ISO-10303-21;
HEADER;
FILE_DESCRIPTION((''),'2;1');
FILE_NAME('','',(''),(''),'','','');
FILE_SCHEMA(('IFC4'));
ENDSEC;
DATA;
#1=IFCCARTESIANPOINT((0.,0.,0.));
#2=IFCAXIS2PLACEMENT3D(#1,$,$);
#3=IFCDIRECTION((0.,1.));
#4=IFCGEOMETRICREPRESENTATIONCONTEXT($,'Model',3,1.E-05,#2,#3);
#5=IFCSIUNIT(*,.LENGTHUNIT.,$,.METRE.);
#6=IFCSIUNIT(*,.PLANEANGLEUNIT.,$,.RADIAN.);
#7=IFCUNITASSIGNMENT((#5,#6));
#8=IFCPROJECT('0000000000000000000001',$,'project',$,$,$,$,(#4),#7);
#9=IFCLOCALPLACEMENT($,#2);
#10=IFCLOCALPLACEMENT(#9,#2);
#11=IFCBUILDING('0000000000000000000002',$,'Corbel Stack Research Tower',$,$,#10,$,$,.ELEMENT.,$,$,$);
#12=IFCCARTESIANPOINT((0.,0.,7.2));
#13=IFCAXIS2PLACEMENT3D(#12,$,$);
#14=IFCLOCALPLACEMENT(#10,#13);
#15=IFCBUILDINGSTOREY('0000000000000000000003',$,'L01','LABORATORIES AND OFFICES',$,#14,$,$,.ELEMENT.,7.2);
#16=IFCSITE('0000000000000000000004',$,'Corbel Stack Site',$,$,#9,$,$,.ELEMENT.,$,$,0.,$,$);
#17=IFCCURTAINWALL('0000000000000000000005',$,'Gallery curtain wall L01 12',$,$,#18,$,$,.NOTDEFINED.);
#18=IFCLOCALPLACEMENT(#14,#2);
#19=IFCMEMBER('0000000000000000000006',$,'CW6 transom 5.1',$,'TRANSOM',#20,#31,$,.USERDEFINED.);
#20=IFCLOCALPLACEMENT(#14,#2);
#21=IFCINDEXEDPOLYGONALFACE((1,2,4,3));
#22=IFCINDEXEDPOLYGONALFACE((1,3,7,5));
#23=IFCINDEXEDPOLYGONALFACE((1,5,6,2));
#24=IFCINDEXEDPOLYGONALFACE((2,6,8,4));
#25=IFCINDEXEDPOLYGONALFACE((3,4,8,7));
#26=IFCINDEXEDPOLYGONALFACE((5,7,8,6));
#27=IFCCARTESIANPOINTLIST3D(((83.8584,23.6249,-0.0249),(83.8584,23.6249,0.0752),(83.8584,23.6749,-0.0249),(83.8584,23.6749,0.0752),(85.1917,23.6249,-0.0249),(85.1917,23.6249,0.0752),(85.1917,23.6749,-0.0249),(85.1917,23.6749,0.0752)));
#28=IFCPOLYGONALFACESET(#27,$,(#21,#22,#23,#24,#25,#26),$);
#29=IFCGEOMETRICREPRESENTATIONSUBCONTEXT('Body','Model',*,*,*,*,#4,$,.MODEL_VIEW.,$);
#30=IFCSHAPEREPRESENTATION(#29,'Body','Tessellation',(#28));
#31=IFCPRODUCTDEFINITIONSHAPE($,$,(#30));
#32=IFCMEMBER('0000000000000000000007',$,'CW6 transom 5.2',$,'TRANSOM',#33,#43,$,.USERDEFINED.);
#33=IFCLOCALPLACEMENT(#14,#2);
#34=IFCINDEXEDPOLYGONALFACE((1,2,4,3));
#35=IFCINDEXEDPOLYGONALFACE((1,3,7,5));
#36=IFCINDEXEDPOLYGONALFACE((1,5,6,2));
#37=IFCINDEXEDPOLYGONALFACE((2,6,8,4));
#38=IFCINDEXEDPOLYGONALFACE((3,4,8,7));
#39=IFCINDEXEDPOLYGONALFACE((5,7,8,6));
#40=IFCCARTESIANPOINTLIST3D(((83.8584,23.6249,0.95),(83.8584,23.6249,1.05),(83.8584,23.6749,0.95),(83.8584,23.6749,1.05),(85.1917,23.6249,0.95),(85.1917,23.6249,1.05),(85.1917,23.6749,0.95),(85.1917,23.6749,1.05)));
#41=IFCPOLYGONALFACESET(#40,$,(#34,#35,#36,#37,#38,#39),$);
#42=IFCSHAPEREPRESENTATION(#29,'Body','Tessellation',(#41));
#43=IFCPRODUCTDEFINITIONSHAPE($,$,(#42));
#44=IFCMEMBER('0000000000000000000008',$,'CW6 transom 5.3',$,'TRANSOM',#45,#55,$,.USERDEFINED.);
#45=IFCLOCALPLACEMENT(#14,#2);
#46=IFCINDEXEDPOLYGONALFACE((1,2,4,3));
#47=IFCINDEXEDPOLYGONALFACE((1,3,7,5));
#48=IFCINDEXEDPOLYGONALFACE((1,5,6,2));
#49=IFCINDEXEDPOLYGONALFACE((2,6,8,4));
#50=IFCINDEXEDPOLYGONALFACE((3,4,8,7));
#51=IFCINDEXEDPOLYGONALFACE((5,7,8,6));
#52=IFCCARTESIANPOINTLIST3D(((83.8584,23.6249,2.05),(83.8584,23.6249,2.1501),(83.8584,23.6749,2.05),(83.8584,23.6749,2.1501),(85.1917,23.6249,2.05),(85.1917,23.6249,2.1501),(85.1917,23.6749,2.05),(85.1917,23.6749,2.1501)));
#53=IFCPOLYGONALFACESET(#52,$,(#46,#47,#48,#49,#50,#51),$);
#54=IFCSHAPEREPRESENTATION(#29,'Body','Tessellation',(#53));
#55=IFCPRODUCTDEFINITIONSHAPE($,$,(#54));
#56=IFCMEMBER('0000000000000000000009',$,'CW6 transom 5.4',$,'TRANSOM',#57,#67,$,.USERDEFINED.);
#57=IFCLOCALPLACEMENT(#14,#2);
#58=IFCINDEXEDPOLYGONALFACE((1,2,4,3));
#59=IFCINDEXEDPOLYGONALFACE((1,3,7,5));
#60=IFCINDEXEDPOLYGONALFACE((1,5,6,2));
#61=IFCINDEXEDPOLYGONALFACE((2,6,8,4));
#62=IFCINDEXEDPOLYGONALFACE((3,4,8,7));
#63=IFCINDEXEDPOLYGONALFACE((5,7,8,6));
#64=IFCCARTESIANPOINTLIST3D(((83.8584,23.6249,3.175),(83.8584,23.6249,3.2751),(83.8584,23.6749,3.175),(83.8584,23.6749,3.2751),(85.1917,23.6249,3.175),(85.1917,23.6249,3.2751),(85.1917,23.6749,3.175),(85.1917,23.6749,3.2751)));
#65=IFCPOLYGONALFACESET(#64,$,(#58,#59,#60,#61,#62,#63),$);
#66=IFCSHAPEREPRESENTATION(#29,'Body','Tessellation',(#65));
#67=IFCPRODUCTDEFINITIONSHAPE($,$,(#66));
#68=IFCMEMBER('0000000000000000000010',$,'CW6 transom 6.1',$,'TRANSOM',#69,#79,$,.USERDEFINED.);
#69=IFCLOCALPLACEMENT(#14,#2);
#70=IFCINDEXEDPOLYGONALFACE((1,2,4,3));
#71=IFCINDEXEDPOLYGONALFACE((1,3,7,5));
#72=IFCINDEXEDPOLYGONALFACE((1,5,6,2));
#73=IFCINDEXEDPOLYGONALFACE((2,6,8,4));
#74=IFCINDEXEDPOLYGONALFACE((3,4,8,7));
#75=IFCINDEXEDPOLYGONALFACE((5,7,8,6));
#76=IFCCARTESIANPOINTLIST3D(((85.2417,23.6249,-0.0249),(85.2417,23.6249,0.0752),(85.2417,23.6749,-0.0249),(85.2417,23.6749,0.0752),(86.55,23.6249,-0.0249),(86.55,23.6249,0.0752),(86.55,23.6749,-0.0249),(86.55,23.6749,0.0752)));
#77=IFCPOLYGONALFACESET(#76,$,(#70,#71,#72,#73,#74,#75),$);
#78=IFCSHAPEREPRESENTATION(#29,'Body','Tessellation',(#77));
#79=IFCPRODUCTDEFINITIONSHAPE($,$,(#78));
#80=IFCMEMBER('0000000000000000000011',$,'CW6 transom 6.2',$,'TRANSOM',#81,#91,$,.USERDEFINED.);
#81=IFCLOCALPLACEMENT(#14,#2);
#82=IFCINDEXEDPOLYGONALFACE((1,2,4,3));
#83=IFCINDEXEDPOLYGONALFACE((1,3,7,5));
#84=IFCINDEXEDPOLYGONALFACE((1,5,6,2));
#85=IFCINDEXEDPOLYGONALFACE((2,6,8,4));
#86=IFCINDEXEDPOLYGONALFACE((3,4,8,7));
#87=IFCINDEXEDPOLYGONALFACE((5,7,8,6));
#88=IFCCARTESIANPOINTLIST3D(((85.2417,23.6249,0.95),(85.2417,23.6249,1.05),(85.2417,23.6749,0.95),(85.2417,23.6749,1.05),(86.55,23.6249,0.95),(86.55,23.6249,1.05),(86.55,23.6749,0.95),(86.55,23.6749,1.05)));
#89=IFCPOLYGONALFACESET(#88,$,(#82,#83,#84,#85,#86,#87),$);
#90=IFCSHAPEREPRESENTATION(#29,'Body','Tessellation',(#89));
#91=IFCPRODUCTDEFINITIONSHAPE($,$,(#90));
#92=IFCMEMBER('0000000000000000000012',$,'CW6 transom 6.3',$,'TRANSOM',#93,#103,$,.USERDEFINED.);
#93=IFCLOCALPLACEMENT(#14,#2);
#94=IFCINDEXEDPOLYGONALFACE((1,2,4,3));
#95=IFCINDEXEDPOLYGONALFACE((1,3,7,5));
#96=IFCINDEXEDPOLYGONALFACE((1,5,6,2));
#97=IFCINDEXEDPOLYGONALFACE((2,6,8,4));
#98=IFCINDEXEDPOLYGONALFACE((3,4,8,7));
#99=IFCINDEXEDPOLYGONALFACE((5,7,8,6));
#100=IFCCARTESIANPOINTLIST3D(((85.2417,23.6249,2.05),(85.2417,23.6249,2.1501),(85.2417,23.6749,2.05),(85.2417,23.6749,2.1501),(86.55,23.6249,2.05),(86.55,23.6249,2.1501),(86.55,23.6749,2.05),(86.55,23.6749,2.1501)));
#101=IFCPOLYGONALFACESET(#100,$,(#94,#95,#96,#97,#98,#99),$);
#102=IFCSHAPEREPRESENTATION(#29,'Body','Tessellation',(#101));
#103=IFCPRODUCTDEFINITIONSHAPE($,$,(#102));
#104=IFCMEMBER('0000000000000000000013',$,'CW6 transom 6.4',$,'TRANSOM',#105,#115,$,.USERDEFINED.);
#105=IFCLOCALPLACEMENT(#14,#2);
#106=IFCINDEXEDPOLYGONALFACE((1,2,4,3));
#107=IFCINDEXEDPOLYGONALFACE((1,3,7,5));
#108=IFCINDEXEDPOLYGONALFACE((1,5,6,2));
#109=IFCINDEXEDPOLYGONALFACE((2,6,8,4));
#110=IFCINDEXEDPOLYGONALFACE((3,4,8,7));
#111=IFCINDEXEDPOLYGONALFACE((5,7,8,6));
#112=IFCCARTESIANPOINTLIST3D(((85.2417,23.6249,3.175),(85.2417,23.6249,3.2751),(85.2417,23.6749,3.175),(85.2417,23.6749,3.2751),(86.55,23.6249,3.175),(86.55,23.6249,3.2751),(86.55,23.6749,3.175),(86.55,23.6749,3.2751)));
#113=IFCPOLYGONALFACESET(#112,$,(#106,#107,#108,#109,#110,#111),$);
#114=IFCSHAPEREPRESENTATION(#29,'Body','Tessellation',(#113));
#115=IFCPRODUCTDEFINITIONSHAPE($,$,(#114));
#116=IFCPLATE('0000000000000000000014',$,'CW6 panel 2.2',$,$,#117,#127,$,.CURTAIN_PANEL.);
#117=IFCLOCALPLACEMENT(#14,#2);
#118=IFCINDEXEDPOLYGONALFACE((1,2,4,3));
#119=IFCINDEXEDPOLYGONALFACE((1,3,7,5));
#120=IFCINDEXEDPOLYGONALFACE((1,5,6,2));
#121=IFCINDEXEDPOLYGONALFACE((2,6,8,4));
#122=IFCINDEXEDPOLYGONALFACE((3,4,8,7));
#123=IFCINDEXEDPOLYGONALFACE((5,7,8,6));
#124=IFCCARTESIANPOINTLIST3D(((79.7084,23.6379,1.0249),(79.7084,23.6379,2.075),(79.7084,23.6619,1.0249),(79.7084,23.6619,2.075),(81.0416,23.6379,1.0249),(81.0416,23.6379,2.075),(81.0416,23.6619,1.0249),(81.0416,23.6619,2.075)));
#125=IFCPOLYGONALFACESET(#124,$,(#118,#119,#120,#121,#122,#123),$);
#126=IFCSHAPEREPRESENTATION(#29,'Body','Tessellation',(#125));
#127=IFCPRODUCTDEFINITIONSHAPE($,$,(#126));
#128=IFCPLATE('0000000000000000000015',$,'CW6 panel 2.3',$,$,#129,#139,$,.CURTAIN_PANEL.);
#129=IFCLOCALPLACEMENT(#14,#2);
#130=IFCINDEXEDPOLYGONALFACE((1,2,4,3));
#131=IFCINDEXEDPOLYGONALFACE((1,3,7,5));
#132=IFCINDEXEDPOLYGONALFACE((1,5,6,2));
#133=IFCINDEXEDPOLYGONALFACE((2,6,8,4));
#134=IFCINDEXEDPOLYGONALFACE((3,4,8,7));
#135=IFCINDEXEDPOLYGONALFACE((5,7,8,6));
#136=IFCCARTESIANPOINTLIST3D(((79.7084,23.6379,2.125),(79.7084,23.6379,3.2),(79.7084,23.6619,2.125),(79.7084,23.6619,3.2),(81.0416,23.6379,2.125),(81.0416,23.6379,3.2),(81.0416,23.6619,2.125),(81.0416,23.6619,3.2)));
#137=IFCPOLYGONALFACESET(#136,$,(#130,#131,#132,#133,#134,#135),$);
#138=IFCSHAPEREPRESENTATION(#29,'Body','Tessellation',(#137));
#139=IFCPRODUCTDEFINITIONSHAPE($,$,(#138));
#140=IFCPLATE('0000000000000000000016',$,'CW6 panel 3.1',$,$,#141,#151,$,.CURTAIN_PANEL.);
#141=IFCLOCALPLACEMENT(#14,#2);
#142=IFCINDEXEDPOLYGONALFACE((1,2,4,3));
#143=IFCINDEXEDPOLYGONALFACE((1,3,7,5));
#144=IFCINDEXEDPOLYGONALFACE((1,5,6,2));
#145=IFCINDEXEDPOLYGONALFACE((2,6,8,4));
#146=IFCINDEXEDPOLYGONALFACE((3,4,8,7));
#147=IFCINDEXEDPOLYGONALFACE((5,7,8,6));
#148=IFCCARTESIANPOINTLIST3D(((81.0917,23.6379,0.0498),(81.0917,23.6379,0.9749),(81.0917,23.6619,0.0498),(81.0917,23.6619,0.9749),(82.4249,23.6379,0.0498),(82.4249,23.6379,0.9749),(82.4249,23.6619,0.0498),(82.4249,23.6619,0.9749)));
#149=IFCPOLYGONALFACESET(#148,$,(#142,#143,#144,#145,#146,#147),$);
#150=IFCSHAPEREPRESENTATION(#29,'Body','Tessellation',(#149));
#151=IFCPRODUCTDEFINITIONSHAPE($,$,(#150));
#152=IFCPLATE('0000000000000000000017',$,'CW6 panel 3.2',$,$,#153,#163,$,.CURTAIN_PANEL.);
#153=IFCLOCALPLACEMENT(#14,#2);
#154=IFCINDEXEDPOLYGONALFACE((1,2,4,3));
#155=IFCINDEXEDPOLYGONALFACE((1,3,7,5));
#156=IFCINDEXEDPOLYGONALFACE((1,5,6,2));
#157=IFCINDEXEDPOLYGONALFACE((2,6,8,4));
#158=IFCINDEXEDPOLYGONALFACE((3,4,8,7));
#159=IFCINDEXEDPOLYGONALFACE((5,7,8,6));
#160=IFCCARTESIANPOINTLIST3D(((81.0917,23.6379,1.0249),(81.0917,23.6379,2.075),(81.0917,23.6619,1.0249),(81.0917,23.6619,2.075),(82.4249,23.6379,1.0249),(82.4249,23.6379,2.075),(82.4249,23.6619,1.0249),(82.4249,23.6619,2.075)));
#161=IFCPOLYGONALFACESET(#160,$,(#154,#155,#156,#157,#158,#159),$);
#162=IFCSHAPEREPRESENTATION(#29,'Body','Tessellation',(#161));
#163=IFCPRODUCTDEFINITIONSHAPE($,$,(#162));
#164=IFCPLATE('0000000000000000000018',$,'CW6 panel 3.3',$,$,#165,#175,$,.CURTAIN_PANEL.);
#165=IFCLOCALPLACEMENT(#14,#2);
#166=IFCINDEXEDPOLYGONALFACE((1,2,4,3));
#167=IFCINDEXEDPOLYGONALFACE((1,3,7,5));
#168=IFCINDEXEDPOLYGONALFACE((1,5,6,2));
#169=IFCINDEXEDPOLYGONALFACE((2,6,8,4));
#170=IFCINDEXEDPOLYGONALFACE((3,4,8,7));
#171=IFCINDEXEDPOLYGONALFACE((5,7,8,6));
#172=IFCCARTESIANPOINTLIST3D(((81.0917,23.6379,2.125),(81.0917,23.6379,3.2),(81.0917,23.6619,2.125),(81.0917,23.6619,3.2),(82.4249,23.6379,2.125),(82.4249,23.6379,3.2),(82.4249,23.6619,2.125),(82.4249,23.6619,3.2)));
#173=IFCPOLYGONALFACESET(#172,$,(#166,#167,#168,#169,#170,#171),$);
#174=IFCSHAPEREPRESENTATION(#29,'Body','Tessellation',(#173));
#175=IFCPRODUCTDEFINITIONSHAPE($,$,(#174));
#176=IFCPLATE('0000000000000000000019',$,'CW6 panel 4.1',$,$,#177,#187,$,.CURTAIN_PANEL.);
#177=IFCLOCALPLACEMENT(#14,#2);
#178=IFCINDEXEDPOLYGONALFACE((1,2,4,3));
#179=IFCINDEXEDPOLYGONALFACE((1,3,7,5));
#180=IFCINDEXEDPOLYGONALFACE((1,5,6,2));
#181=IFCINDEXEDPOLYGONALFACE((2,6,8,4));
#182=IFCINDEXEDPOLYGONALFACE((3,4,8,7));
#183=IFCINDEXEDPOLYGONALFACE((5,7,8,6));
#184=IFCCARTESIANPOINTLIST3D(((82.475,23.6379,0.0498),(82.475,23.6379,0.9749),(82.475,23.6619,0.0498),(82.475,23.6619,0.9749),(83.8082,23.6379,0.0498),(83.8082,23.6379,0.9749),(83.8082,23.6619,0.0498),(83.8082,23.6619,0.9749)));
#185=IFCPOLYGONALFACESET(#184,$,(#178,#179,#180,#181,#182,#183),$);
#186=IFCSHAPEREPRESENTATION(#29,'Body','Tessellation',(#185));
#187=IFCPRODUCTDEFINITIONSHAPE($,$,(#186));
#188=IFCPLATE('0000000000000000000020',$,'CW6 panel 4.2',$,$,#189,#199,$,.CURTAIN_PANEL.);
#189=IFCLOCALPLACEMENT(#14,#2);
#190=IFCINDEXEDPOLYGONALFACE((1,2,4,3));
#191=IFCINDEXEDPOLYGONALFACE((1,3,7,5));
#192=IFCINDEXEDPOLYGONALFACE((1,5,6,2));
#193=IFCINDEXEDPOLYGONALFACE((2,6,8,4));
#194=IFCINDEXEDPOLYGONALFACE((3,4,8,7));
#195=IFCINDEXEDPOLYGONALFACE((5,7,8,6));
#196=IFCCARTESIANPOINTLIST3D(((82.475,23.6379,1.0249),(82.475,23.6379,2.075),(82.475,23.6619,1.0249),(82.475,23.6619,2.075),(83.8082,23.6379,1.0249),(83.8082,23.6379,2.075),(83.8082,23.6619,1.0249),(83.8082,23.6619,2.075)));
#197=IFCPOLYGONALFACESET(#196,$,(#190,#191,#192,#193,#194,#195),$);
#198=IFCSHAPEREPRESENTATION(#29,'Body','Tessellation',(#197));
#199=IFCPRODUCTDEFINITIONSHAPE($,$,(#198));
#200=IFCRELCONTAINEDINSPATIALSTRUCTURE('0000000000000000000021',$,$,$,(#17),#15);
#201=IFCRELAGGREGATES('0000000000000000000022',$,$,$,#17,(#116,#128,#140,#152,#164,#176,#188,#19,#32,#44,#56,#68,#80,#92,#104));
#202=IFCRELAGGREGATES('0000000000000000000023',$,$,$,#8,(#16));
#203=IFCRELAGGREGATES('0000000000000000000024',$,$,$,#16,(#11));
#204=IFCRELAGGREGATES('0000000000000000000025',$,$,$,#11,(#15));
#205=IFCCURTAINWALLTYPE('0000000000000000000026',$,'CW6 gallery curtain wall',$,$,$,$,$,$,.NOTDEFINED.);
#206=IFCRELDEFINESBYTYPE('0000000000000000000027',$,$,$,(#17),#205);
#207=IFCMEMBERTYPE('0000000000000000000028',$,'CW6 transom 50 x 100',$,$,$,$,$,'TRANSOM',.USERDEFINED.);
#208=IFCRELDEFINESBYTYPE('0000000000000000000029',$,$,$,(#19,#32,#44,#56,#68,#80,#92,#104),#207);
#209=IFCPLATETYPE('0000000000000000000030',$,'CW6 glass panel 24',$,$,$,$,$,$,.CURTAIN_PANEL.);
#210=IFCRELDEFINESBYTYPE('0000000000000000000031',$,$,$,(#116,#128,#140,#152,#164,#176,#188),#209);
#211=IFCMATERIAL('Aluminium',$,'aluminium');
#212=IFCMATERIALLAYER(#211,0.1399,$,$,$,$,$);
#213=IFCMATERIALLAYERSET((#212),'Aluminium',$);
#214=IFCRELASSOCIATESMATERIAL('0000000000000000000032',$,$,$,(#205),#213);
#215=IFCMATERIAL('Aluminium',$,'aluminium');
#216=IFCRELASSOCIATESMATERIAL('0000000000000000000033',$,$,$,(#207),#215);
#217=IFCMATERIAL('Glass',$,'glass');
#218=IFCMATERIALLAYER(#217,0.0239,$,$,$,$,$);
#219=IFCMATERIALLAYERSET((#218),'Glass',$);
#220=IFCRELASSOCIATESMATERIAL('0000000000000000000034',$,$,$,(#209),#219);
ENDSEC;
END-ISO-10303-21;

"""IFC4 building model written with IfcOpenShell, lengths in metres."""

from ifc_helpers import new_model, si_unit, direction, frame, origin, origin_2d, place, context, subcontext, project, spatial, rectangle, extrude, material, layer, layer_set, material_profile, profile_set, type_object, element, aggregate, save


model = new_model("IFC4")

# Units and contexts
model_context = context("Model", 3, precision=1e-05, world=origin(), true_north=direction((0.0, 1.0)))
body_context = subcontext(model_context, "Body", "Model", "MODEL_VIEW")
ifc_project = project(units=[si_unit("LENGTHUNIT", "METRE"), si_unit("PLANEANGLEUNIT", "RADIAN")], contexts=[model_context])

# Site, building, storey
site_placement = place(None, origin())
site = spatial("IfcSite", under=ifc_project, at=site_placement, Name="Corbel Stack Site", CompositionType="ELEMENT", RefElevation=0.0)
building_placement = place(site_placement, origin())
building = spatial("IfcBuilding", under=site, at=building_placement, Name="Corbel Stack Research Tower", CompositionType="ELEMENT")
storey_placement = place(building_placement, frame((0.0, 0.0, 7.2)))
storey = spatial("IfcBuildingStorey", under=building, at=storey_placement, Name="L01", Description="LABORATORIES AND OFFICES", CompositionType="ELEMENT", Elevation=7.2)

# Curtain wall, members, plates
ifc_material_1 = material(Name="Aluminium", Category="aluminium")
ifc_layer_1 = layer(ifc_material_1, 0.1399)
ifc_layer_set_1 = layer_set([ifc_layer_1], Name="Aluminium")
curtain_wall_type = type_object("IfcCurtainWallType", Name="CW6 gallery curtain wall", PredefinedType="NOTDEFINED", material=ifc_layer_set_1)
curtain_wall_placement = place(storey_placement, origin())
curtain_wall = element("IfcCurtainWall", 1, at=curtain_wall_placement, inside=storey, type_object=curtain_wall_type, Name="Gallery curtain wall L01 12", PredefinedType="NOTDEFINED")
ifc_material_2 = material(Name="Aluminium", Category="aluminium")
ifc_material_profile_1 = material_profile(ifc_material_2, rectangle(XDim=0.05, YDim=0.1001, at=origin_2d()), Name="Transom 50 x 100")
ifc_profile_set_1 = profile_set([ifc_material_profile_1], Name="Aluminium")
member_type_1 = type_object("IfcMemberType", Name="CW6 transom 50 x 100", ElementType="TRANSOM", PredefinedType="USERDEFINED", material=ifc_profile_set_1)
member_1_placement = place(storey_placement, frame((83.8584, 23.6499, 0.0251), z_axis=(1.0, 0.0, 0.0), x_axis=(0.0, 1.0, 0.0)))
member_1 = element("IfcMember", 2, at=member_1_placement, type_object=member_type_1, Name="CW6 transom 5.1", ObjectType="TRANSOM", PredefinedType="USERDEFINED", context=body_context, shape_type="SweptSolid", body=[
    extrude(rectangle(XDim=0.05, YDim=0.1001, at=origin_2d()), origin(), (0.0, 0.0, 1.0), 1.3333),
])
member_2_placement = place(storey_placement, frame((83.8584, 23.6499, 1.0), z_axis=(1.0, 0.0, 0.0), x_axis=(0.0, 1.0, 0.0)))
member_2 = element("IfcMember", 3, at=member_2_placement, type_object=member_type_1, Name="CW6 transom 5.2", ObjectType="TRANSOM", PredefinedType="USERDEFINED", context=body_context, shape_type="SweptSolid", body=[
    extrude(rectangle(XDim=0.05, YDim=0.1001, at=origin_2d()), origin(), (0.0, 0.0, 1.0), 1.3333),
])
member_3_placement = place(storey_placement, frame((83.8584, 23.6499, 2.1001), z_axis=(1.0, 0.0, 0.0), x_axis=(0.0, 1.0, 0.0)))
member_3 = element("IfcMember", 4, at=member_3_placement, type_object=member_type_1, Name="CW6 transom 5.3", ObjectType="TRANSOM", PredefinedType="USERDEFINED", context=body_context, shape_type="SweptSolid", body=[
    extrude(rectangle(XDim=0.05, YDim=0.1001, at=origin_2d()), origin(), (0.0, 0.0, 1.0), 1.3333),
])
member_4_placement = place(storey_placement, frame((83.8584, 23.6499, 3.2251), z_axis=(1.0, 0.0, 0.0), x_axis=(0.0, 1.0, 0.0)))
member_4 = element("IfcMember", 5, at=member_4_placement, type_object=member_type_1, Name="CW6 transom 5.4", ObjectType="TRANSOM", PredefinedType="USERDEFINED", context=body_context, shape_type="SweptSolid", body=[
    extrude(rectangle(XDim=0.05, YDim=0.1001, at=origin_2d()), origin(), (0.0, 0.0, 1.0), 1.3333),
])
member_5_placement = place(storey_placement, frame((85.2417, 23.6499, 0.0251), z_axis=(1.0, 0.0, 0.0), x_axis=(0.0, 1.0, 0.0)))
member_5 = element("IfcMember", 6, at=member_5_placement, type_object=member_type_1, Name="CW6 transom 6.1", ObjectType="TRANSOM", PredefinedType="USERDEFINED", context=body_context, shape_type="SweptSolid", body=[
    extrude(rectangle(XDim=0.05, YDim=0.1001, at=origin_2d()), origin(), (0.0, 0.0, 1.0), 1.3083),
])
member_6_placement = place(storey_placement, frame((85.2417, 23.6499, 1.0), z_axis=(1.0, 0.0, 0.0), x_axis=(0.0, 1.0, 0.0)))
member_6 = element("IfcMember", 7, at=member_6_placement, type_object=member_type_1, Name="CW6 transom 6.2", ObjectType="TRANSOM", PredefinedType="USERDEFINED", context=body_context, shape_type="SweptSolid", body=[
    extrude(rectangle(XDim=0.05, YDim=0.1001, at=origin_2d()), origin(), (0.0, 0.0, 1.0), 1.3083),
])
member_7_placement = place(storey_placement, frame((85.2417, 23.6499, 2.1001), z_axis=(1.0, 0.0, 0.0), x_axis=(0.0, 1.0, 0.0)))
member_7 = element("IfcMember", 8, at=member_7_placement, type_object=member_type_1, Name="CW6 transom 6.3", ObjectType="TRANSOM", PredefinedType="USERDEFINED", context=body_context, shape_type="SweptSolid", body=[
    extrude(rectangle(XDim=0.05, YDim=0.1001, at=origin_2d()), origin(), (0.0, 0.0, 1.0), 1.3083),
])
member_8_placement = place(storey_placement, frame((85.2417, 23.6499, 3.2251), z_axis=(1.0, 0.0, 0.0), x_axis=(0.0, 1.0, 0.0)))
member_8 = element("IfcMember", 9, at=member_8_placement, type_object=member_type_1, Name="CW6 transom 6.4", ObjectType="TRANSOM", PredefinedType="USERDEFINED", context=body_context, shape_type="SweptSolid", body=[
    extrude(rectangle(XDim=0.05, YDim=0.1001, at=origin_2d()), origin(), (0.0, 0.0, 1.0), 1.3083),
])
ifc_material_3 = material(Name="Glass", Category="glass")
ifc_layer_2 = layer(ifc_material_3, 0.0239)
ifc_layer_set_2 = layer_set([ifc_layer_2], Name="Glass")
plate_type = type_object("IfcPlateType", Name="CW6 glass panel 24", PredefinedType="CURTAIN_PANEL", material=ifc_layer_set_2)
plate_1_placement = place(storey_placement, frame((80.375, 23.6499, 1.0249), z_axis=(0.0, 0.0, 1.0), x_axis=(1.0, 0.0, 0.0)))
plate_1 = element("IfcPlate", 10, at=plate_1_placement, type_object=plate_type, Name="CW6 panel 2.2", PredefinedType="CURTAIN_PANEL", context=body_context, shape_type="SweptSolid", body=[
    extrude(rectangle(XDim=1.3333, YDim=0.0239, at=origin_2d()), origin(), (0.0, 0.0, 1.0), 1.05),
])
plate_2_placement = place(storey_placement, frame((80.375, 23.6499, 2.125), z_axis=(0.0, 0.0, 1.0), x_axis=(1.0, 0.0, 0.0)))
plate_2 = element("IfcPlate", 11, at=plate_2_placement, type_object=plate_type, Name="CW6 panel 2.3", PredefinedType="CURTAIN_PANEL", context=body_context, shape_type="SweptSolid", body=[
    extrude(rectangle(XDim=1.3333, YDim=0.0239, at=origin_2d()), origin(), (0.0, 0.0, 1.0), 1.075),
])
plate_3_placement = place(storey_placement, frame((81.7583, 23.6499, 0.0498), z_axis=(0.0, 0.0, 1.0), x_axis=(1.0, 0.0, 0.0)))
plate_3 = element("IfcPlate", 12, at=plate_3_placement, type_object=plate_type, Name="CW6 panel 3.1", PredefinedType="CURTAIN_PANEL", context=body_context, shape_type="SweptSolid", body=[
    extrude(rectangle(XDim=1.3333, YDim=0.0239, at=origin_2d()), origin(), (0.0, 0.0, 1.0), 0.925),
])
plate_4_placement = place(storey_placement, frame((81.7583, 23.6499, 1.0249), z_axis=(0.0, 0.0, 1.0), x_axis=(1.0, 0.0, 0.0)))
plate_4 = element("IfcPlate", 13, at=plate_4_placement, type_object=plate_type, Name="CW6 panel 3.2", PredefinedType="CURTAIN_PANEL", context=body_context, shape_type="SweptSolid", body=[
    extrude(rectangle(XDim=1.3333, YDim=0.0239, at=origin_2d()), origin(), (0.0, 0.0, 1.0), 1.05),
])
plate_5_placement = place(storey_placement, frame((81.7583, 23.6499, 2.125), z_axis=(0.0, 0.0, 1.0), x_axis=(1.0, 0.0, 0.0)))
plate_5 = element("IfcPlate", 14, at=plate_5_placement, type_object=plate_type, Name="CW6 panel 3.3", PredefinedType="CURTAIN_PANEL", context=body_context, shape_type="SweptSolid", body=[
    extrude(rectangle(XDim=1.3333, YDim=0.0239, at=origin_2d()), origin(), (0.0, 0.0, 1.0), 1.075),
])
plate_6_placement = place(storey_placement, frame((83.1416, 23.6499, 0.0498), z_axis=(0.0, 0.0, 1.0), x_axis=(1.0, 0.0, 0.0)))
plate_6 = element("IfcPlate", 15, at=plate_6_placement, type_object=plate_type, Name="CW6 panel 4.1", PredefinedType="CURTAIN_PANEL", context=body_context, shape_type="SweptSolid", body=[
    extrude(rectangle(XDim=1.3333, YDim=0.0239, at=origin_2d()), origin(), (0.0, 0.0, 1.0), 0.925),
])
plate_7_placement = place(storey_placement, frame((83.1416, 23.6499, 1.0249), z_axis=(0.0, 0.0, 1.0), x_axis=(1.0, 0.0, 0.0)))
plate_7 = element("IfcPlate", 16, at=plate_7_placement, type_object=plate_type, Name="CW6 panel 4.2", PredefinedType="CURTAIN_PANEL", context=body_context, shape_type="SweptSolid", body=[
    extrude(rectangle(XDim=1.3333, YDim=0.0239, at=origin_2d()), origin(), (0.0, 0.0, 1.0), 1.05),
])
aggregate(curtain_wall, [plate_1, plate_2, plate_3, plate_4, plate_5, plate_6, plate_7, member_1, member_2, member_3, member_4, member_5, member_6, member_7, member_8])

save(model, "model.ifc")
